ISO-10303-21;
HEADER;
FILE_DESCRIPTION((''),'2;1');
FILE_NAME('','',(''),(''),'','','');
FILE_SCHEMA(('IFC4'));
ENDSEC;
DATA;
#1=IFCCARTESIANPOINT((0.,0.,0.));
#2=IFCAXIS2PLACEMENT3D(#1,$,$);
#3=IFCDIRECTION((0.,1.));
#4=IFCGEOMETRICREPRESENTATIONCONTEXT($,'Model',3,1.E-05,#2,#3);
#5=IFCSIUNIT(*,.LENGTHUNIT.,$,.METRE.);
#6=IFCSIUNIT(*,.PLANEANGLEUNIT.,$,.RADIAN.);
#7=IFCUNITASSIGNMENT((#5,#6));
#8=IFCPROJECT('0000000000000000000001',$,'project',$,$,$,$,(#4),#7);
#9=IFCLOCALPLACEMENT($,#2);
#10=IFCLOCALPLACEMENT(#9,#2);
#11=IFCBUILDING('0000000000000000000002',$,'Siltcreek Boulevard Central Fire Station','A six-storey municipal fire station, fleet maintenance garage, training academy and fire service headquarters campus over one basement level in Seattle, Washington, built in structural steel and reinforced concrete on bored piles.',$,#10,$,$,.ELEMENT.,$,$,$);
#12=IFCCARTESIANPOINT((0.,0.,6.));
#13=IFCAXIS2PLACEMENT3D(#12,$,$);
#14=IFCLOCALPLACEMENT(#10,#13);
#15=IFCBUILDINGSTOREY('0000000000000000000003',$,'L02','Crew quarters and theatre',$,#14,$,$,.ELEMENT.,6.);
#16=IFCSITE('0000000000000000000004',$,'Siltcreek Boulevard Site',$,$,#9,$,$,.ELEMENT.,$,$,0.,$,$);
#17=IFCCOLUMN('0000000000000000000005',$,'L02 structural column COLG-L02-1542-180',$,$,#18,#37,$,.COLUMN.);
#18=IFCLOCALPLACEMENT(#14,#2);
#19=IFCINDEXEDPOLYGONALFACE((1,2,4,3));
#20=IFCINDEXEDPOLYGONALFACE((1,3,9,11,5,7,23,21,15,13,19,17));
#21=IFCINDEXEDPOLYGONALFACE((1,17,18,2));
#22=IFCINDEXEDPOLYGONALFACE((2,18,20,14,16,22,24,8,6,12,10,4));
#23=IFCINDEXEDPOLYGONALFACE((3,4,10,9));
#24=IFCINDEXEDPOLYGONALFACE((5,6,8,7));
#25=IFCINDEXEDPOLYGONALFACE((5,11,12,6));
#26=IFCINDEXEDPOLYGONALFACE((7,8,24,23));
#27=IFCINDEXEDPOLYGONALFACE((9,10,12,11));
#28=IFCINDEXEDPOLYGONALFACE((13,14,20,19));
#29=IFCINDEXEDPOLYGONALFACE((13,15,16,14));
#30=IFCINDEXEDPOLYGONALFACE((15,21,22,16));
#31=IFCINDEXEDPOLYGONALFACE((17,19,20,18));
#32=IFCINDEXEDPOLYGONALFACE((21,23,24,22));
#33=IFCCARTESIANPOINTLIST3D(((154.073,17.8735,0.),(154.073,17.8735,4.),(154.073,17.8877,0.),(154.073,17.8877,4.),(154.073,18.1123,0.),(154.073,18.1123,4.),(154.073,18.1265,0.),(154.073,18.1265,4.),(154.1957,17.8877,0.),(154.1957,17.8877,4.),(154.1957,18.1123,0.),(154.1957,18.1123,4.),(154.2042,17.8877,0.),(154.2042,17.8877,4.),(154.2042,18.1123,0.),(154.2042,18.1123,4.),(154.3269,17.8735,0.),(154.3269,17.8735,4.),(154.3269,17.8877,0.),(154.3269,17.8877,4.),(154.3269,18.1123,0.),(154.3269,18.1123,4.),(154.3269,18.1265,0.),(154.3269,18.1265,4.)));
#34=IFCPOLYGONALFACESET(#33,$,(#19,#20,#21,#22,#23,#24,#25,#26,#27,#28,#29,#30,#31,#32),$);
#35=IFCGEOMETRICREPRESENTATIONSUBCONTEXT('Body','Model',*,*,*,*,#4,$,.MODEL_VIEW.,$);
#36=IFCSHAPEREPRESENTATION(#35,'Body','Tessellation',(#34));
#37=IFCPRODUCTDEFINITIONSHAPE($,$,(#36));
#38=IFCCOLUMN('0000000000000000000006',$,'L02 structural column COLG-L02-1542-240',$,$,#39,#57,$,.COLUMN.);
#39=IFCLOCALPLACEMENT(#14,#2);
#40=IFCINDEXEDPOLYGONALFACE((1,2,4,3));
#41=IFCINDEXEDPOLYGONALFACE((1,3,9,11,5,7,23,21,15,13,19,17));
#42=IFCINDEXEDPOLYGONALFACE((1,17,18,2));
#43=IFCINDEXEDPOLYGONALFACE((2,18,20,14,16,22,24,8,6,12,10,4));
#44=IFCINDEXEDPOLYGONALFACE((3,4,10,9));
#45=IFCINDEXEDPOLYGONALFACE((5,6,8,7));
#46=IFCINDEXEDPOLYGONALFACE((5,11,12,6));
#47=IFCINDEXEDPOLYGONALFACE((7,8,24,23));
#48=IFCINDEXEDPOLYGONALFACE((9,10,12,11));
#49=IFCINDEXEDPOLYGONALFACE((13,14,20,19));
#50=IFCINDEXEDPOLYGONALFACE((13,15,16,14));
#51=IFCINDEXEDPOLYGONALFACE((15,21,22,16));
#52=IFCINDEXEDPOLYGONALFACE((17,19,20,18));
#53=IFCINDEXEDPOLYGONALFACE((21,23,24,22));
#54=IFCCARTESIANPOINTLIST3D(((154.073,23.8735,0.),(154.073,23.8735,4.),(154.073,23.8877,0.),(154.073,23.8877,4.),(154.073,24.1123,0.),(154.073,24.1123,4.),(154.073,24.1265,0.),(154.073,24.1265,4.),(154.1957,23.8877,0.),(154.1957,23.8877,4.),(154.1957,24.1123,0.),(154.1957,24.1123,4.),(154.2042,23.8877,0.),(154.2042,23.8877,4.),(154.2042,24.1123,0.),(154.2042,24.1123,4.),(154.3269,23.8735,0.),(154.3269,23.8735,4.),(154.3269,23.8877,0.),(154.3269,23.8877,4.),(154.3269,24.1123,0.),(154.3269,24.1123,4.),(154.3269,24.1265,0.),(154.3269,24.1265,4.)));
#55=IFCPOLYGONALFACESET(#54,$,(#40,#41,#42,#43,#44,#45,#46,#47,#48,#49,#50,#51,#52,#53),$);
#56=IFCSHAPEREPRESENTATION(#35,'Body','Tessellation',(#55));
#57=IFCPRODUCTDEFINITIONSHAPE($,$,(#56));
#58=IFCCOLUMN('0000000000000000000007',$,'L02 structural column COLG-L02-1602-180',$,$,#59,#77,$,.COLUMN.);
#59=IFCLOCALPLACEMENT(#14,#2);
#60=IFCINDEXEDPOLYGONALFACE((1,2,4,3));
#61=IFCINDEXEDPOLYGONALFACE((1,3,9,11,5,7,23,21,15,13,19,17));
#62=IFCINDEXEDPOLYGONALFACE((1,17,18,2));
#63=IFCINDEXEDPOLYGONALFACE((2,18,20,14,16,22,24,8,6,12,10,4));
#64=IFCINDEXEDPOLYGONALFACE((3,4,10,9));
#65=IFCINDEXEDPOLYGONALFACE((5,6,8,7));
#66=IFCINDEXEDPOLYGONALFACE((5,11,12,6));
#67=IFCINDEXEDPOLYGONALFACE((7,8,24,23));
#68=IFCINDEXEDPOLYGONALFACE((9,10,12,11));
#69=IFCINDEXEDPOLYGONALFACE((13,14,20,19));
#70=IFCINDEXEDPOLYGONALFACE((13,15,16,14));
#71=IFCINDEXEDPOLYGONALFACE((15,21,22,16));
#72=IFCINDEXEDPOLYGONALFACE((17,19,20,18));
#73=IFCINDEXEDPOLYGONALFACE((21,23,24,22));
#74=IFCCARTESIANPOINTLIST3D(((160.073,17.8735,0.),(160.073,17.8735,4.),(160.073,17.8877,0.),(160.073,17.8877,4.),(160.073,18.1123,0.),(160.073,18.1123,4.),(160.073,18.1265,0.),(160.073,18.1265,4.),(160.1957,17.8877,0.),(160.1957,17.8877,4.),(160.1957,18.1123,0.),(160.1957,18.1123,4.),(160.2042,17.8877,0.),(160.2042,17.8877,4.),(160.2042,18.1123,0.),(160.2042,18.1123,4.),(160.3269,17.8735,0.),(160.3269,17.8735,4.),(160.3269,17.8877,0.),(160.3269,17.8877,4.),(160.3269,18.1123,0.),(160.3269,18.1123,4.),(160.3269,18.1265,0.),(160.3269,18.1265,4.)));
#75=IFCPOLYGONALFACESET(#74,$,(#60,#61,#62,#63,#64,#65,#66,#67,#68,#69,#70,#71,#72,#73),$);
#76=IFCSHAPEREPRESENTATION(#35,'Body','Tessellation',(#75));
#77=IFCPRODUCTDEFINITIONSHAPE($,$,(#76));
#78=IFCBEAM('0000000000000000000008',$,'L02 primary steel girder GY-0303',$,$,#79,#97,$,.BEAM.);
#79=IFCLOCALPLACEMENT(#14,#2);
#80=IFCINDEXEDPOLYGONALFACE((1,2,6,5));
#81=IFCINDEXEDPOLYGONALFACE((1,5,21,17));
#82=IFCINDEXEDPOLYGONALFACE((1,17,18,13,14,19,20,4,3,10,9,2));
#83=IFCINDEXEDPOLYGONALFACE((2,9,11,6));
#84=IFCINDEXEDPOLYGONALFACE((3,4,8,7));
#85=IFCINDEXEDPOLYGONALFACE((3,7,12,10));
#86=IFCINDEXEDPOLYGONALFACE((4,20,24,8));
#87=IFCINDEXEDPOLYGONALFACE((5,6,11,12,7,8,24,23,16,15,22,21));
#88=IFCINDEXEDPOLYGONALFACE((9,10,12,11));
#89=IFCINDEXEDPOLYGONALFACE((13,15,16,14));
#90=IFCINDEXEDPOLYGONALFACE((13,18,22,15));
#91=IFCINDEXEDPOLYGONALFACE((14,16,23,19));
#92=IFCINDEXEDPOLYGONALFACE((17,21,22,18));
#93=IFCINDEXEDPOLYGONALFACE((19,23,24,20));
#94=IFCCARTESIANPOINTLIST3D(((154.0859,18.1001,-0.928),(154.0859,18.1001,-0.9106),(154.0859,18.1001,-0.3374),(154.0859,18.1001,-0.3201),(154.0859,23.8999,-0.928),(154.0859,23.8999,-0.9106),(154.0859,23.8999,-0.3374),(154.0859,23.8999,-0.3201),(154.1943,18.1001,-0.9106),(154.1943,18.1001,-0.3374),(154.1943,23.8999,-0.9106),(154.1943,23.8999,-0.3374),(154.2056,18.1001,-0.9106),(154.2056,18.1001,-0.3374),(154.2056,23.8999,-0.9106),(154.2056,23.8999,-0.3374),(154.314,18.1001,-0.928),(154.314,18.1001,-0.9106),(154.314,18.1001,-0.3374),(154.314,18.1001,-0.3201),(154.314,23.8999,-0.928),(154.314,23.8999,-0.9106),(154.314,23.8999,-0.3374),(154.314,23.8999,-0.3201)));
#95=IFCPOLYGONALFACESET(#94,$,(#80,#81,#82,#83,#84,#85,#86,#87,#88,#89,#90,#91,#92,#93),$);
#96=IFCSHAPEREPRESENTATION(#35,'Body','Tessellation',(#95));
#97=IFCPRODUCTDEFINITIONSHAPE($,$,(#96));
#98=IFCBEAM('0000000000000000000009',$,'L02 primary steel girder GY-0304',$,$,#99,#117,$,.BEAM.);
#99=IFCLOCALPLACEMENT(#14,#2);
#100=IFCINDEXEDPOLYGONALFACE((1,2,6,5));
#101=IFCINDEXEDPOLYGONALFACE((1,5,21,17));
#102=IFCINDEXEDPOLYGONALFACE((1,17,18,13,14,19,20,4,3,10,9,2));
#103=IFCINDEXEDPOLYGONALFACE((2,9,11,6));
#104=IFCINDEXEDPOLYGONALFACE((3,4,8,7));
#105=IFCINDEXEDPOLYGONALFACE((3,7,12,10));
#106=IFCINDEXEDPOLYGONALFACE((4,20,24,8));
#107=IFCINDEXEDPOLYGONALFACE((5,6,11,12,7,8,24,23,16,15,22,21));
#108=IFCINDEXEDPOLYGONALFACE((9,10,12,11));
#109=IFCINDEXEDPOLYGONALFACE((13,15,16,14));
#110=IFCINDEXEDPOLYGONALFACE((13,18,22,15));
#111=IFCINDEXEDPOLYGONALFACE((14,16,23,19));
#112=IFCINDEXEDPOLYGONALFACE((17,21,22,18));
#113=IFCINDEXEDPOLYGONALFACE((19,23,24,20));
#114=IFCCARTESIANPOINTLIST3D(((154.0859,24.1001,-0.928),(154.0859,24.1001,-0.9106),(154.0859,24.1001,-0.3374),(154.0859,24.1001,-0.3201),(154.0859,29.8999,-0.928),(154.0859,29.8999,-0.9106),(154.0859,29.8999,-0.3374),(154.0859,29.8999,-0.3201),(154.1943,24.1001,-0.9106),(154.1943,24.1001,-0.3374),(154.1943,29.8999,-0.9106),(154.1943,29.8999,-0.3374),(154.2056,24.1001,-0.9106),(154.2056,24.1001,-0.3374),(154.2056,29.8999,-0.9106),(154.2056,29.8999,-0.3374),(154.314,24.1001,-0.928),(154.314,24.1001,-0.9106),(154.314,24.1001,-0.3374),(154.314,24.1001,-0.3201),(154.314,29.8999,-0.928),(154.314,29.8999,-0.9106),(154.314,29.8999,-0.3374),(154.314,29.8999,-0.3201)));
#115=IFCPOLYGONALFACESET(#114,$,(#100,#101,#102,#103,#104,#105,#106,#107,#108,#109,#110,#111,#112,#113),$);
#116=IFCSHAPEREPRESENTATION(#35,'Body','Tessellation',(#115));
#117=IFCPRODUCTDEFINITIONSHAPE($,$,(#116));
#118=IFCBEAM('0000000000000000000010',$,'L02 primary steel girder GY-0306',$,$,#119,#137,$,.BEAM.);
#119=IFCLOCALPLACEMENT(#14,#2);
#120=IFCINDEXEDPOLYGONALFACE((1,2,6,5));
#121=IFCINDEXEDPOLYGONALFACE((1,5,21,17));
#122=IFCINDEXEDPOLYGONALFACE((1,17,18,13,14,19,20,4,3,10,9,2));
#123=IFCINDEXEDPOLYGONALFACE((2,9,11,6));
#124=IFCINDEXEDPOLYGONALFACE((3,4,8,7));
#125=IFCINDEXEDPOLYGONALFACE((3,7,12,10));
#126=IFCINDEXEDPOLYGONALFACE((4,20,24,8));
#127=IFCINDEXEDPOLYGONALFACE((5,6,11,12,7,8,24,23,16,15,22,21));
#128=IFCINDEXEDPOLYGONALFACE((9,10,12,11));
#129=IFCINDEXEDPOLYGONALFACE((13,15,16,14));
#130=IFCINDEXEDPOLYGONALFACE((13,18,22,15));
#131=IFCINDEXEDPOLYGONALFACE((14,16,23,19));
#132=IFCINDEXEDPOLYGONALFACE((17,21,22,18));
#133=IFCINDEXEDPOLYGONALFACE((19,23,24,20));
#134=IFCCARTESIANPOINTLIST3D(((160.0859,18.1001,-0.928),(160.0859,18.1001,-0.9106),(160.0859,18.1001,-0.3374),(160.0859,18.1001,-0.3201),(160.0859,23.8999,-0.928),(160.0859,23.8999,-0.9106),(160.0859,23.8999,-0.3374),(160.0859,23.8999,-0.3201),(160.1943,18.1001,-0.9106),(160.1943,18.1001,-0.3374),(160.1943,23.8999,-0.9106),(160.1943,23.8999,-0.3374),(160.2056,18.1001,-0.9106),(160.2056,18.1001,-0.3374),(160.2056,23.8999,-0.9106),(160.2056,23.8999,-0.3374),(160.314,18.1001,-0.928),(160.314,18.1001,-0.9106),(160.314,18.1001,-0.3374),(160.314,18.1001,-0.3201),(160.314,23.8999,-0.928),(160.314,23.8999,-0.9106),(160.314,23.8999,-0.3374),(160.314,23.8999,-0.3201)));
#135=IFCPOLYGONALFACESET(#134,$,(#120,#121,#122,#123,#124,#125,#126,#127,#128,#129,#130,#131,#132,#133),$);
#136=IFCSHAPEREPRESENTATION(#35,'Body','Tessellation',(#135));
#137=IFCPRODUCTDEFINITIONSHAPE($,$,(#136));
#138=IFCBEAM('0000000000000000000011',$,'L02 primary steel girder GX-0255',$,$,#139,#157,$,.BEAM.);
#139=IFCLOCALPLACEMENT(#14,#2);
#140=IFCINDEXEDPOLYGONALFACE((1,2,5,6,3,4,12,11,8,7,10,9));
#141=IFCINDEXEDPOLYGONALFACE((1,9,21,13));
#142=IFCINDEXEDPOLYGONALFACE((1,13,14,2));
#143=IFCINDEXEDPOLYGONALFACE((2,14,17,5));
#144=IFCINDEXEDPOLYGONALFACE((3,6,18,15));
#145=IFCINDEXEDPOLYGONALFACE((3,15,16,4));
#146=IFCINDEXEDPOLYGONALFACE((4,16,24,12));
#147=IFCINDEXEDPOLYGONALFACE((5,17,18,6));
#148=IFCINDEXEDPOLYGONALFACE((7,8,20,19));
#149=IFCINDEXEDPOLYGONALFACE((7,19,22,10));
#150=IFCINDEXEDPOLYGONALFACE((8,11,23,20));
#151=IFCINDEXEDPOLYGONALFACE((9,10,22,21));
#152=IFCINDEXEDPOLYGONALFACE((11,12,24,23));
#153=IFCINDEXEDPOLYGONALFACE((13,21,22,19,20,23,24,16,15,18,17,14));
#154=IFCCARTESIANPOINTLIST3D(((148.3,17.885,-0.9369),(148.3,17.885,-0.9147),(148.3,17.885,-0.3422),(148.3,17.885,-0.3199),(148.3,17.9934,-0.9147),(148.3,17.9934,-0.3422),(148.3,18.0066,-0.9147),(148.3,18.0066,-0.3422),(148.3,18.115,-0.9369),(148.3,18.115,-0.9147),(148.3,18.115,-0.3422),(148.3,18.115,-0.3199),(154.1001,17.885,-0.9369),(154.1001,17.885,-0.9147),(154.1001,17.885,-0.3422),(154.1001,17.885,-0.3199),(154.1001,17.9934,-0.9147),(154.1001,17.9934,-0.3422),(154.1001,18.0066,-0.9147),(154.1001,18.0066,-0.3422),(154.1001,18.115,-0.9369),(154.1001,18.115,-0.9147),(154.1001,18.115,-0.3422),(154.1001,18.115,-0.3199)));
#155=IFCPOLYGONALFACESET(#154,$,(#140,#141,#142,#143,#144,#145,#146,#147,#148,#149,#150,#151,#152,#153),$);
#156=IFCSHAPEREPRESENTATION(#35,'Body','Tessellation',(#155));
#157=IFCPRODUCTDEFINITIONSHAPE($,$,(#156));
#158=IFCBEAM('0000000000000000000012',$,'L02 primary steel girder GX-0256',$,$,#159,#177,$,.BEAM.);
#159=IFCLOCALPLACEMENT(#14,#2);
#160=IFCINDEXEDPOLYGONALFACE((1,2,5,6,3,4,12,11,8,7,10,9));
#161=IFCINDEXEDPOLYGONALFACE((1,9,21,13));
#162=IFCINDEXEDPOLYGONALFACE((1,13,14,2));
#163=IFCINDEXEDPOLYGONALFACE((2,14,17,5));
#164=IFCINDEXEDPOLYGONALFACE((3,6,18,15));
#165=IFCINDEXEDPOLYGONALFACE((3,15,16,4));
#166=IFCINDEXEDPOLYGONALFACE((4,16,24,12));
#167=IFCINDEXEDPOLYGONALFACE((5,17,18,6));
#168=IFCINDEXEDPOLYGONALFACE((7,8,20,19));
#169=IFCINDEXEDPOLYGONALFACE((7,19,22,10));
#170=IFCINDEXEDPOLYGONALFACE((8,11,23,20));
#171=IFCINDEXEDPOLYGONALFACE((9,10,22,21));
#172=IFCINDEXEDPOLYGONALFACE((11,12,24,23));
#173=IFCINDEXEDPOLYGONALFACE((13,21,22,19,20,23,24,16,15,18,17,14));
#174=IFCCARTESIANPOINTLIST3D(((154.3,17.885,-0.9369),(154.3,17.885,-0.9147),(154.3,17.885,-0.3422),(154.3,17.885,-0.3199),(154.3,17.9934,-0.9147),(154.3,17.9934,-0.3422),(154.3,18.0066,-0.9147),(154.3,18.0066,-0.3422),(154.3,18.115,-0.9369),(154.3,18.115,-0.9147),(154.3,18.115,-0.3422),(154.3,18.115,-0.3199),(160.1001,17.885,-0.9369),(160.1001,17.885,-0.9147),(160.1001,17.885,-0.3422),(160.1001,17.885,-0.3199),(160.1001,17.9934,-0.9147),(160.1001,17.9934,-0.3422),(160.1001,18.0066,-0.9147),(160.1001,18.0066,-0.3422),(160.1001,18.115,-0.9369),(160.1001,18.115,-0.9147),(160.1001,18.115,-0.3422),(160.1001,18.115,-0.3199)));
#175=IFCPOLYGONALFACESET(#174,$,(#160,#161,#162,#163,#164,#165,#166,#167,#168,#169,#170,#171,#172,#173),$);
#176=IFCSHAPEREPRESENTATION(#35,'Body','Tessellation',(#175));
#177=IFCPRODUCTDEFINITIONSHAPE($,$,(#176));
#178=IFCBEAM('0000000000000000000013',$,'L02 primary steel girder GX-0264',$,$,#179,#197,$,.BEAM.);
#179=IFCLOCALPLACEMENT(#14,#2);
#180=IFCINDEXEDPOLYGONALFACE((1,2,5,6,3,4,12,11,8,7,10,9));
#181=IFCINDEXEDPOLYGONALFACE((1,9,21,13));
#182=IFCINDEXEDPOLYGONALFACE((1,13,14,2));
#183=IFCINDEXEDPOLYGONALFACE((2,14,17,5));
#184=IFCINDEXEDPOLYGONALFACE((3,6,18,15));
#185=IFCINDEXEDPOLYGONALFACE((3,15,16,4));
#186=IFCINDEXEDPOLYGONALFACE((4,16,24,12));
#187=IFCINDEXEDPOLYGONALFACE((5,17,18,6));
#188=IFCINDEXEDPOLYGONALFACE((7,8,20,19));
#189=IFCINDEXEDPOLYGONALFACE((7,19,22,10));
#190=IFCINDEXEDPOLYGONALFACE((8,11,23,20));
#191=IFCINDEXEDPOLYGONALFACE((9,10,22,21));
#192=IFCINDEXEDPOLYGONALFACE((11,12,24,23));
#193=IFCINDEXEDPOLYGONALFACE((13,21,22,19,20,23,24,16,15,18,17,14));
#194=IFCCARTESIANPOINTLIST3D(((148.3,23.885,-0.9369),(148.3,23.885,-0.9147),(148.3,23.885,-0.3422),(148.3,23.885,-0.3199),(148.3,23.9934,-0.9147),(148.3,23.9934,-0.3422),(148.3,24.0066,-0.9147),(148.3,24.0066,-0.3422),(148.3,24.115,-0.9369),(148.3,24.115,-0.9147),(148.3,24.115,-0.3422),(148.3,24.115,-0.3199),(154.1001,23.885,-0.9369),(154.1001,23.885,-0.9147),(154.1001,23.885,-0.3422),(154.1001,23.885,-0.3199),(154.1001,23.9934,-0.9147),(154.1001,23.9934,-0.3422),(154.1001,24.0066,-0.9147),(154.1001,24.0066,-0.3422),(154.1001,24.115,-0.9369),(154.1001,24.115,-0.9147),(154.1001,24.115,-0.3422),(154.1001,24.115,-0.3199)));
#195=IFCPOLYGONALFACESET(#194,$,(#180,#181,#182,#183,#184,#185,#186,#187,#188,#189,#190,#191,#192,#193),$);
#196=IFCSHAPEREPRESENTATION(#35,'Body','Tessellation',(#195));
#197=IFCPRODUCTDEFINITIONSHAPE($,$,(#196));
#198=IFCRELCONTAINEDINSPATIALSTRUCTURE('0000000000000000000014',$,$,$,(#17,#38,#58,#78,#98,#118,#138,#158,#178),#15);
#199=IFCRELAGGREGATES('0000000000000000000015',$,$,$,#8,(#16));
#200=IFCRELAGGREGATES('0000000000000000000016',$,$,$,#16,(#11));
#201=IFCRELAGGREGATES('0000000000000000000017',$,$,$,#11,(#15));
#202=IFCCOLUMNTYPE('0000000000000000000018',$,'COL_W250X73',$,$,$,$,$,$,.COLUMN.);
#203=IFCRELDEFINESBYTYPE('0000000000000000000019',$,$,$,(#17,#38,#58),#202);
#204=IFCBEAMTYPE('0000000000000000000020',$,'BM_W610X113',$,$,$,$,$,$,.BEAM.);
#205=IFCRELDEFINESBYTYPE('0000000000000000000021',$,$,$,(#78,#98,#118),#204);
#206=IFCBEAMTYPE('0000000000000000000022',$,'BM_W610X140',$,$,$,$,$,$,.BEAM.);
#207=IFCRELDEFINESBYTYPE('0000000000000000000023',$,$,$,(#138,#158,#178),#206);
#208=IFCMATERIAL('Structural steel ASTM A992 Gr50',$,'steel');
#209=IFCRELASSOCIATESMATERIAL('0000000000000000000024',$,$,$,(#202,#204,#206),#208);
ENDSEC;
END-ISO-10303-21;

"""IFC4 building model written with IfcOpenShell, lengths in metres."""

from ifc_helpers import new_model, si_unit, direction, frame, origin, origin_2d, place, context, subcontext, project, spatial, i_section, extrude, material, material_profile, profile_set, type_object, element, save


model = new_model("IFC4")

# Units and contexts
model_context = context("Model", 3, precision=1e-05, world=origin(), true_north=direction((0.0, 1.0)))
body_context = subcontext(model_context, "Body", "Model", "MODEL_VIEW")
ifc_project = project(units=[si_unit("LENGTHUNIT", "METRE"), si_unit("PLANEANGLEUNIT", "RADIAN")], contexts=[model_context])

# Site, building, storey
site_placement = place(None, origin())
site = spatial("IfcSite", under=ifc_project, at=site_placement, Name="Siltcreek Boulevard Site", CompositionType="ELEMENT", RefElevation=0.0)
building_placement = place(site_placement, origin())
building = spatial("IfcBuilding", under=site, at=building_placement, Name="Siltcreek Boulevard Central Fire Station", Description="A six-storey municipal fire station, fleet maintenance garage, training academy and fire service headquarters campus over one basement level in Seattle, Washington, built in structural steel and reinforced concrete on bored piles.", CompositionType="ELEMENT")
storey_placement = place(building_placement, frame((0.0, 0.0, 6.0)))
storey = spatial("IfcBuildingStorey", under=building, at=storey_placement, Name="L02", Description="Crew quarters and theatre", CompositionType="ELEMENT", Elevation=6.0)

# Columns
ifc_material_1 = material(Name="Structural steel ASTM A992 Gr50", Category="steel")
ifc_material_profile_1 = material_profile(ifc_material_1, i_section(OverallWidth=0.2539, OverallDepth=0.2529, WebThickness=0.0085, FlangeThickness=0.0142, at=origin_2d()), Name="W250X73")
ifc_profile_set_1 = profile_set([ifc_material_profile_1], Name="Structural steel ASTM A992 Gr50")
column_type = type_object("IfcColumnType", Name="COL_W250X73", PredefinedType="COLUMN", material=ifc_profile_set_1)
for number, where, z_axis, x_axis, name in (
    (1, (154.2, 18.0, 0.0), (0.0, 0.0, 1.0), (1.0, 0.0, 0.0), "L02 structural column COLG-L02-1542-180"),
    (2, (154.2, 24.0, 0.0), (0.0, 0.0, 1.0), (1.0, 0.0, 0.0), "L02 structural column COLG-L02-1542-240"),
    (3, (160.2, 18.0, 0.0), (0.0, 0.0, 1.0), (1.0, 0.0, 0.0), "L02 structural column COLG-L02-1602-180"),
):
    element("IfcColumn", number, at=place(storey_placement, frame(where, z_axis=z_axis, x_axis=x_axis)), inside=storey, type_object=column_type, Name=name, PredefinedType="COLUMN", context=body_context, shape_type="SweptSolid", body=[
        extrude(i_section(OverallWidth=0.2539, OverallDepth=0.2529, WebThickness=0.0085, FlangeThickness=0.0142, at=origin_2d()), origin(), (0.0, 0.0, 1.0), 4.0),
    ])

# Beams
ifc_material_profile_2 = material_profile(ifc_material_1, i_section(OverallWidth=0.228, OverallDepth=0.6079, WebThickness=0.0112, FlangeThickness=0.0173, at=origin_2d()), Name="W610X113")
ifc_profile_set_2 = profile_set([ifc_material_profile_2], Name="Structural steel ASTM A992 Gr50")
beam_type_1 = type_object("IfcBeamType", Name="BM_W610X113", PredefinedType="BEAM", material=ifc_profile_set_2)
for number, where, z_axis, x_axis, name in (
    (4, (154.2, 18.1001, -0.624), (0.0, 1.0, 0.0), (-1.0, 0.0, 0.0), "L02 primary steel girder GY-0303"),
    (5, (154.2, 24.1001, -0.624), (0.0, 1.0, 0.0), (-1.0, 0.0, 0.0), "L02 primary steel girder GY-0304"),
    (6, (160.2, 18.1001, -0.624), (0.0, 1.0, 0.0), (-1.0, 0.0, 0.0), "L02 primary steel girder GY-0306"),
):
    element("IfcBeam", number, at=place(storey_placement, frame(where, z_axis=z_axis, x_axis=x_axis)), inside=storey, type_object=beam_type_1, Name=name, PredefinedType="BEAM", context=body_context, shape_type="SweptSolid", body=[
        extrude(i_section(OverallWidth=0.228, OverallDepth=0.6079, WebThickness=0.0112, FlangeThickness=0.0173, at=origin_2d()), origin(), (0.0, 0.0, 1.0), 5.7998),
    ])
ifc_material_profile_3 = material_profile(ifc_material_1, i_section(OverallWidth=0.23, OverallDepth=0.6169, WebThickness=0.0132, FlangeThickness=0.0222, at=origin_2d()), Name="W610X140")
ifc_profile_set_3 = profile_set([ifc_material_profile_3], Name="Structural steel ASTM A992 Gr50")
beam_type_2 = type_object("IfcBeamType", Name="BM_W610X140", PredefinedType="BEAM", material=ifc_profile_set_3)
for number, where, z_axis, x_axis, name in (
    (7, (148.3, 18.0, -0.6284), (1.0, 0.0, 0.0), (0.0, 1.0, 0.0), "L02 primary steel girder GX-0255"),
    (8, (154.3, 18.0, -0.6284), (1.0, 0.0, 0.0), (0.0, 1.0, 0.0), "L02 primary steel girder GX-0256"),
    (9, (148.3, 24.0, -0.6284), (1.0, 0.0, 0.0), (0.0, 1.0, 0.0), "L02 primary steel girder GX-0264"),
):
    element("IfcBeam", number, at=place(storey_placement, frame(where, z_axis=z_axis, x_axis=x_axis)), inside=storey, type_object=beam_type_2, Name=name, PredefinedType="BEAM", context=body_context, shape_type="SweptSolid", body=[
        extrude(i_section(OverallWidth=0.23, OverallDepth=0.6169, WebThickness=0.0132, FlangeThickness=0.0222, at=origin_2d()), origin(), (0.0, 0.0, 1.0), 5.8),
    ])

save(model, "model.ifc")
